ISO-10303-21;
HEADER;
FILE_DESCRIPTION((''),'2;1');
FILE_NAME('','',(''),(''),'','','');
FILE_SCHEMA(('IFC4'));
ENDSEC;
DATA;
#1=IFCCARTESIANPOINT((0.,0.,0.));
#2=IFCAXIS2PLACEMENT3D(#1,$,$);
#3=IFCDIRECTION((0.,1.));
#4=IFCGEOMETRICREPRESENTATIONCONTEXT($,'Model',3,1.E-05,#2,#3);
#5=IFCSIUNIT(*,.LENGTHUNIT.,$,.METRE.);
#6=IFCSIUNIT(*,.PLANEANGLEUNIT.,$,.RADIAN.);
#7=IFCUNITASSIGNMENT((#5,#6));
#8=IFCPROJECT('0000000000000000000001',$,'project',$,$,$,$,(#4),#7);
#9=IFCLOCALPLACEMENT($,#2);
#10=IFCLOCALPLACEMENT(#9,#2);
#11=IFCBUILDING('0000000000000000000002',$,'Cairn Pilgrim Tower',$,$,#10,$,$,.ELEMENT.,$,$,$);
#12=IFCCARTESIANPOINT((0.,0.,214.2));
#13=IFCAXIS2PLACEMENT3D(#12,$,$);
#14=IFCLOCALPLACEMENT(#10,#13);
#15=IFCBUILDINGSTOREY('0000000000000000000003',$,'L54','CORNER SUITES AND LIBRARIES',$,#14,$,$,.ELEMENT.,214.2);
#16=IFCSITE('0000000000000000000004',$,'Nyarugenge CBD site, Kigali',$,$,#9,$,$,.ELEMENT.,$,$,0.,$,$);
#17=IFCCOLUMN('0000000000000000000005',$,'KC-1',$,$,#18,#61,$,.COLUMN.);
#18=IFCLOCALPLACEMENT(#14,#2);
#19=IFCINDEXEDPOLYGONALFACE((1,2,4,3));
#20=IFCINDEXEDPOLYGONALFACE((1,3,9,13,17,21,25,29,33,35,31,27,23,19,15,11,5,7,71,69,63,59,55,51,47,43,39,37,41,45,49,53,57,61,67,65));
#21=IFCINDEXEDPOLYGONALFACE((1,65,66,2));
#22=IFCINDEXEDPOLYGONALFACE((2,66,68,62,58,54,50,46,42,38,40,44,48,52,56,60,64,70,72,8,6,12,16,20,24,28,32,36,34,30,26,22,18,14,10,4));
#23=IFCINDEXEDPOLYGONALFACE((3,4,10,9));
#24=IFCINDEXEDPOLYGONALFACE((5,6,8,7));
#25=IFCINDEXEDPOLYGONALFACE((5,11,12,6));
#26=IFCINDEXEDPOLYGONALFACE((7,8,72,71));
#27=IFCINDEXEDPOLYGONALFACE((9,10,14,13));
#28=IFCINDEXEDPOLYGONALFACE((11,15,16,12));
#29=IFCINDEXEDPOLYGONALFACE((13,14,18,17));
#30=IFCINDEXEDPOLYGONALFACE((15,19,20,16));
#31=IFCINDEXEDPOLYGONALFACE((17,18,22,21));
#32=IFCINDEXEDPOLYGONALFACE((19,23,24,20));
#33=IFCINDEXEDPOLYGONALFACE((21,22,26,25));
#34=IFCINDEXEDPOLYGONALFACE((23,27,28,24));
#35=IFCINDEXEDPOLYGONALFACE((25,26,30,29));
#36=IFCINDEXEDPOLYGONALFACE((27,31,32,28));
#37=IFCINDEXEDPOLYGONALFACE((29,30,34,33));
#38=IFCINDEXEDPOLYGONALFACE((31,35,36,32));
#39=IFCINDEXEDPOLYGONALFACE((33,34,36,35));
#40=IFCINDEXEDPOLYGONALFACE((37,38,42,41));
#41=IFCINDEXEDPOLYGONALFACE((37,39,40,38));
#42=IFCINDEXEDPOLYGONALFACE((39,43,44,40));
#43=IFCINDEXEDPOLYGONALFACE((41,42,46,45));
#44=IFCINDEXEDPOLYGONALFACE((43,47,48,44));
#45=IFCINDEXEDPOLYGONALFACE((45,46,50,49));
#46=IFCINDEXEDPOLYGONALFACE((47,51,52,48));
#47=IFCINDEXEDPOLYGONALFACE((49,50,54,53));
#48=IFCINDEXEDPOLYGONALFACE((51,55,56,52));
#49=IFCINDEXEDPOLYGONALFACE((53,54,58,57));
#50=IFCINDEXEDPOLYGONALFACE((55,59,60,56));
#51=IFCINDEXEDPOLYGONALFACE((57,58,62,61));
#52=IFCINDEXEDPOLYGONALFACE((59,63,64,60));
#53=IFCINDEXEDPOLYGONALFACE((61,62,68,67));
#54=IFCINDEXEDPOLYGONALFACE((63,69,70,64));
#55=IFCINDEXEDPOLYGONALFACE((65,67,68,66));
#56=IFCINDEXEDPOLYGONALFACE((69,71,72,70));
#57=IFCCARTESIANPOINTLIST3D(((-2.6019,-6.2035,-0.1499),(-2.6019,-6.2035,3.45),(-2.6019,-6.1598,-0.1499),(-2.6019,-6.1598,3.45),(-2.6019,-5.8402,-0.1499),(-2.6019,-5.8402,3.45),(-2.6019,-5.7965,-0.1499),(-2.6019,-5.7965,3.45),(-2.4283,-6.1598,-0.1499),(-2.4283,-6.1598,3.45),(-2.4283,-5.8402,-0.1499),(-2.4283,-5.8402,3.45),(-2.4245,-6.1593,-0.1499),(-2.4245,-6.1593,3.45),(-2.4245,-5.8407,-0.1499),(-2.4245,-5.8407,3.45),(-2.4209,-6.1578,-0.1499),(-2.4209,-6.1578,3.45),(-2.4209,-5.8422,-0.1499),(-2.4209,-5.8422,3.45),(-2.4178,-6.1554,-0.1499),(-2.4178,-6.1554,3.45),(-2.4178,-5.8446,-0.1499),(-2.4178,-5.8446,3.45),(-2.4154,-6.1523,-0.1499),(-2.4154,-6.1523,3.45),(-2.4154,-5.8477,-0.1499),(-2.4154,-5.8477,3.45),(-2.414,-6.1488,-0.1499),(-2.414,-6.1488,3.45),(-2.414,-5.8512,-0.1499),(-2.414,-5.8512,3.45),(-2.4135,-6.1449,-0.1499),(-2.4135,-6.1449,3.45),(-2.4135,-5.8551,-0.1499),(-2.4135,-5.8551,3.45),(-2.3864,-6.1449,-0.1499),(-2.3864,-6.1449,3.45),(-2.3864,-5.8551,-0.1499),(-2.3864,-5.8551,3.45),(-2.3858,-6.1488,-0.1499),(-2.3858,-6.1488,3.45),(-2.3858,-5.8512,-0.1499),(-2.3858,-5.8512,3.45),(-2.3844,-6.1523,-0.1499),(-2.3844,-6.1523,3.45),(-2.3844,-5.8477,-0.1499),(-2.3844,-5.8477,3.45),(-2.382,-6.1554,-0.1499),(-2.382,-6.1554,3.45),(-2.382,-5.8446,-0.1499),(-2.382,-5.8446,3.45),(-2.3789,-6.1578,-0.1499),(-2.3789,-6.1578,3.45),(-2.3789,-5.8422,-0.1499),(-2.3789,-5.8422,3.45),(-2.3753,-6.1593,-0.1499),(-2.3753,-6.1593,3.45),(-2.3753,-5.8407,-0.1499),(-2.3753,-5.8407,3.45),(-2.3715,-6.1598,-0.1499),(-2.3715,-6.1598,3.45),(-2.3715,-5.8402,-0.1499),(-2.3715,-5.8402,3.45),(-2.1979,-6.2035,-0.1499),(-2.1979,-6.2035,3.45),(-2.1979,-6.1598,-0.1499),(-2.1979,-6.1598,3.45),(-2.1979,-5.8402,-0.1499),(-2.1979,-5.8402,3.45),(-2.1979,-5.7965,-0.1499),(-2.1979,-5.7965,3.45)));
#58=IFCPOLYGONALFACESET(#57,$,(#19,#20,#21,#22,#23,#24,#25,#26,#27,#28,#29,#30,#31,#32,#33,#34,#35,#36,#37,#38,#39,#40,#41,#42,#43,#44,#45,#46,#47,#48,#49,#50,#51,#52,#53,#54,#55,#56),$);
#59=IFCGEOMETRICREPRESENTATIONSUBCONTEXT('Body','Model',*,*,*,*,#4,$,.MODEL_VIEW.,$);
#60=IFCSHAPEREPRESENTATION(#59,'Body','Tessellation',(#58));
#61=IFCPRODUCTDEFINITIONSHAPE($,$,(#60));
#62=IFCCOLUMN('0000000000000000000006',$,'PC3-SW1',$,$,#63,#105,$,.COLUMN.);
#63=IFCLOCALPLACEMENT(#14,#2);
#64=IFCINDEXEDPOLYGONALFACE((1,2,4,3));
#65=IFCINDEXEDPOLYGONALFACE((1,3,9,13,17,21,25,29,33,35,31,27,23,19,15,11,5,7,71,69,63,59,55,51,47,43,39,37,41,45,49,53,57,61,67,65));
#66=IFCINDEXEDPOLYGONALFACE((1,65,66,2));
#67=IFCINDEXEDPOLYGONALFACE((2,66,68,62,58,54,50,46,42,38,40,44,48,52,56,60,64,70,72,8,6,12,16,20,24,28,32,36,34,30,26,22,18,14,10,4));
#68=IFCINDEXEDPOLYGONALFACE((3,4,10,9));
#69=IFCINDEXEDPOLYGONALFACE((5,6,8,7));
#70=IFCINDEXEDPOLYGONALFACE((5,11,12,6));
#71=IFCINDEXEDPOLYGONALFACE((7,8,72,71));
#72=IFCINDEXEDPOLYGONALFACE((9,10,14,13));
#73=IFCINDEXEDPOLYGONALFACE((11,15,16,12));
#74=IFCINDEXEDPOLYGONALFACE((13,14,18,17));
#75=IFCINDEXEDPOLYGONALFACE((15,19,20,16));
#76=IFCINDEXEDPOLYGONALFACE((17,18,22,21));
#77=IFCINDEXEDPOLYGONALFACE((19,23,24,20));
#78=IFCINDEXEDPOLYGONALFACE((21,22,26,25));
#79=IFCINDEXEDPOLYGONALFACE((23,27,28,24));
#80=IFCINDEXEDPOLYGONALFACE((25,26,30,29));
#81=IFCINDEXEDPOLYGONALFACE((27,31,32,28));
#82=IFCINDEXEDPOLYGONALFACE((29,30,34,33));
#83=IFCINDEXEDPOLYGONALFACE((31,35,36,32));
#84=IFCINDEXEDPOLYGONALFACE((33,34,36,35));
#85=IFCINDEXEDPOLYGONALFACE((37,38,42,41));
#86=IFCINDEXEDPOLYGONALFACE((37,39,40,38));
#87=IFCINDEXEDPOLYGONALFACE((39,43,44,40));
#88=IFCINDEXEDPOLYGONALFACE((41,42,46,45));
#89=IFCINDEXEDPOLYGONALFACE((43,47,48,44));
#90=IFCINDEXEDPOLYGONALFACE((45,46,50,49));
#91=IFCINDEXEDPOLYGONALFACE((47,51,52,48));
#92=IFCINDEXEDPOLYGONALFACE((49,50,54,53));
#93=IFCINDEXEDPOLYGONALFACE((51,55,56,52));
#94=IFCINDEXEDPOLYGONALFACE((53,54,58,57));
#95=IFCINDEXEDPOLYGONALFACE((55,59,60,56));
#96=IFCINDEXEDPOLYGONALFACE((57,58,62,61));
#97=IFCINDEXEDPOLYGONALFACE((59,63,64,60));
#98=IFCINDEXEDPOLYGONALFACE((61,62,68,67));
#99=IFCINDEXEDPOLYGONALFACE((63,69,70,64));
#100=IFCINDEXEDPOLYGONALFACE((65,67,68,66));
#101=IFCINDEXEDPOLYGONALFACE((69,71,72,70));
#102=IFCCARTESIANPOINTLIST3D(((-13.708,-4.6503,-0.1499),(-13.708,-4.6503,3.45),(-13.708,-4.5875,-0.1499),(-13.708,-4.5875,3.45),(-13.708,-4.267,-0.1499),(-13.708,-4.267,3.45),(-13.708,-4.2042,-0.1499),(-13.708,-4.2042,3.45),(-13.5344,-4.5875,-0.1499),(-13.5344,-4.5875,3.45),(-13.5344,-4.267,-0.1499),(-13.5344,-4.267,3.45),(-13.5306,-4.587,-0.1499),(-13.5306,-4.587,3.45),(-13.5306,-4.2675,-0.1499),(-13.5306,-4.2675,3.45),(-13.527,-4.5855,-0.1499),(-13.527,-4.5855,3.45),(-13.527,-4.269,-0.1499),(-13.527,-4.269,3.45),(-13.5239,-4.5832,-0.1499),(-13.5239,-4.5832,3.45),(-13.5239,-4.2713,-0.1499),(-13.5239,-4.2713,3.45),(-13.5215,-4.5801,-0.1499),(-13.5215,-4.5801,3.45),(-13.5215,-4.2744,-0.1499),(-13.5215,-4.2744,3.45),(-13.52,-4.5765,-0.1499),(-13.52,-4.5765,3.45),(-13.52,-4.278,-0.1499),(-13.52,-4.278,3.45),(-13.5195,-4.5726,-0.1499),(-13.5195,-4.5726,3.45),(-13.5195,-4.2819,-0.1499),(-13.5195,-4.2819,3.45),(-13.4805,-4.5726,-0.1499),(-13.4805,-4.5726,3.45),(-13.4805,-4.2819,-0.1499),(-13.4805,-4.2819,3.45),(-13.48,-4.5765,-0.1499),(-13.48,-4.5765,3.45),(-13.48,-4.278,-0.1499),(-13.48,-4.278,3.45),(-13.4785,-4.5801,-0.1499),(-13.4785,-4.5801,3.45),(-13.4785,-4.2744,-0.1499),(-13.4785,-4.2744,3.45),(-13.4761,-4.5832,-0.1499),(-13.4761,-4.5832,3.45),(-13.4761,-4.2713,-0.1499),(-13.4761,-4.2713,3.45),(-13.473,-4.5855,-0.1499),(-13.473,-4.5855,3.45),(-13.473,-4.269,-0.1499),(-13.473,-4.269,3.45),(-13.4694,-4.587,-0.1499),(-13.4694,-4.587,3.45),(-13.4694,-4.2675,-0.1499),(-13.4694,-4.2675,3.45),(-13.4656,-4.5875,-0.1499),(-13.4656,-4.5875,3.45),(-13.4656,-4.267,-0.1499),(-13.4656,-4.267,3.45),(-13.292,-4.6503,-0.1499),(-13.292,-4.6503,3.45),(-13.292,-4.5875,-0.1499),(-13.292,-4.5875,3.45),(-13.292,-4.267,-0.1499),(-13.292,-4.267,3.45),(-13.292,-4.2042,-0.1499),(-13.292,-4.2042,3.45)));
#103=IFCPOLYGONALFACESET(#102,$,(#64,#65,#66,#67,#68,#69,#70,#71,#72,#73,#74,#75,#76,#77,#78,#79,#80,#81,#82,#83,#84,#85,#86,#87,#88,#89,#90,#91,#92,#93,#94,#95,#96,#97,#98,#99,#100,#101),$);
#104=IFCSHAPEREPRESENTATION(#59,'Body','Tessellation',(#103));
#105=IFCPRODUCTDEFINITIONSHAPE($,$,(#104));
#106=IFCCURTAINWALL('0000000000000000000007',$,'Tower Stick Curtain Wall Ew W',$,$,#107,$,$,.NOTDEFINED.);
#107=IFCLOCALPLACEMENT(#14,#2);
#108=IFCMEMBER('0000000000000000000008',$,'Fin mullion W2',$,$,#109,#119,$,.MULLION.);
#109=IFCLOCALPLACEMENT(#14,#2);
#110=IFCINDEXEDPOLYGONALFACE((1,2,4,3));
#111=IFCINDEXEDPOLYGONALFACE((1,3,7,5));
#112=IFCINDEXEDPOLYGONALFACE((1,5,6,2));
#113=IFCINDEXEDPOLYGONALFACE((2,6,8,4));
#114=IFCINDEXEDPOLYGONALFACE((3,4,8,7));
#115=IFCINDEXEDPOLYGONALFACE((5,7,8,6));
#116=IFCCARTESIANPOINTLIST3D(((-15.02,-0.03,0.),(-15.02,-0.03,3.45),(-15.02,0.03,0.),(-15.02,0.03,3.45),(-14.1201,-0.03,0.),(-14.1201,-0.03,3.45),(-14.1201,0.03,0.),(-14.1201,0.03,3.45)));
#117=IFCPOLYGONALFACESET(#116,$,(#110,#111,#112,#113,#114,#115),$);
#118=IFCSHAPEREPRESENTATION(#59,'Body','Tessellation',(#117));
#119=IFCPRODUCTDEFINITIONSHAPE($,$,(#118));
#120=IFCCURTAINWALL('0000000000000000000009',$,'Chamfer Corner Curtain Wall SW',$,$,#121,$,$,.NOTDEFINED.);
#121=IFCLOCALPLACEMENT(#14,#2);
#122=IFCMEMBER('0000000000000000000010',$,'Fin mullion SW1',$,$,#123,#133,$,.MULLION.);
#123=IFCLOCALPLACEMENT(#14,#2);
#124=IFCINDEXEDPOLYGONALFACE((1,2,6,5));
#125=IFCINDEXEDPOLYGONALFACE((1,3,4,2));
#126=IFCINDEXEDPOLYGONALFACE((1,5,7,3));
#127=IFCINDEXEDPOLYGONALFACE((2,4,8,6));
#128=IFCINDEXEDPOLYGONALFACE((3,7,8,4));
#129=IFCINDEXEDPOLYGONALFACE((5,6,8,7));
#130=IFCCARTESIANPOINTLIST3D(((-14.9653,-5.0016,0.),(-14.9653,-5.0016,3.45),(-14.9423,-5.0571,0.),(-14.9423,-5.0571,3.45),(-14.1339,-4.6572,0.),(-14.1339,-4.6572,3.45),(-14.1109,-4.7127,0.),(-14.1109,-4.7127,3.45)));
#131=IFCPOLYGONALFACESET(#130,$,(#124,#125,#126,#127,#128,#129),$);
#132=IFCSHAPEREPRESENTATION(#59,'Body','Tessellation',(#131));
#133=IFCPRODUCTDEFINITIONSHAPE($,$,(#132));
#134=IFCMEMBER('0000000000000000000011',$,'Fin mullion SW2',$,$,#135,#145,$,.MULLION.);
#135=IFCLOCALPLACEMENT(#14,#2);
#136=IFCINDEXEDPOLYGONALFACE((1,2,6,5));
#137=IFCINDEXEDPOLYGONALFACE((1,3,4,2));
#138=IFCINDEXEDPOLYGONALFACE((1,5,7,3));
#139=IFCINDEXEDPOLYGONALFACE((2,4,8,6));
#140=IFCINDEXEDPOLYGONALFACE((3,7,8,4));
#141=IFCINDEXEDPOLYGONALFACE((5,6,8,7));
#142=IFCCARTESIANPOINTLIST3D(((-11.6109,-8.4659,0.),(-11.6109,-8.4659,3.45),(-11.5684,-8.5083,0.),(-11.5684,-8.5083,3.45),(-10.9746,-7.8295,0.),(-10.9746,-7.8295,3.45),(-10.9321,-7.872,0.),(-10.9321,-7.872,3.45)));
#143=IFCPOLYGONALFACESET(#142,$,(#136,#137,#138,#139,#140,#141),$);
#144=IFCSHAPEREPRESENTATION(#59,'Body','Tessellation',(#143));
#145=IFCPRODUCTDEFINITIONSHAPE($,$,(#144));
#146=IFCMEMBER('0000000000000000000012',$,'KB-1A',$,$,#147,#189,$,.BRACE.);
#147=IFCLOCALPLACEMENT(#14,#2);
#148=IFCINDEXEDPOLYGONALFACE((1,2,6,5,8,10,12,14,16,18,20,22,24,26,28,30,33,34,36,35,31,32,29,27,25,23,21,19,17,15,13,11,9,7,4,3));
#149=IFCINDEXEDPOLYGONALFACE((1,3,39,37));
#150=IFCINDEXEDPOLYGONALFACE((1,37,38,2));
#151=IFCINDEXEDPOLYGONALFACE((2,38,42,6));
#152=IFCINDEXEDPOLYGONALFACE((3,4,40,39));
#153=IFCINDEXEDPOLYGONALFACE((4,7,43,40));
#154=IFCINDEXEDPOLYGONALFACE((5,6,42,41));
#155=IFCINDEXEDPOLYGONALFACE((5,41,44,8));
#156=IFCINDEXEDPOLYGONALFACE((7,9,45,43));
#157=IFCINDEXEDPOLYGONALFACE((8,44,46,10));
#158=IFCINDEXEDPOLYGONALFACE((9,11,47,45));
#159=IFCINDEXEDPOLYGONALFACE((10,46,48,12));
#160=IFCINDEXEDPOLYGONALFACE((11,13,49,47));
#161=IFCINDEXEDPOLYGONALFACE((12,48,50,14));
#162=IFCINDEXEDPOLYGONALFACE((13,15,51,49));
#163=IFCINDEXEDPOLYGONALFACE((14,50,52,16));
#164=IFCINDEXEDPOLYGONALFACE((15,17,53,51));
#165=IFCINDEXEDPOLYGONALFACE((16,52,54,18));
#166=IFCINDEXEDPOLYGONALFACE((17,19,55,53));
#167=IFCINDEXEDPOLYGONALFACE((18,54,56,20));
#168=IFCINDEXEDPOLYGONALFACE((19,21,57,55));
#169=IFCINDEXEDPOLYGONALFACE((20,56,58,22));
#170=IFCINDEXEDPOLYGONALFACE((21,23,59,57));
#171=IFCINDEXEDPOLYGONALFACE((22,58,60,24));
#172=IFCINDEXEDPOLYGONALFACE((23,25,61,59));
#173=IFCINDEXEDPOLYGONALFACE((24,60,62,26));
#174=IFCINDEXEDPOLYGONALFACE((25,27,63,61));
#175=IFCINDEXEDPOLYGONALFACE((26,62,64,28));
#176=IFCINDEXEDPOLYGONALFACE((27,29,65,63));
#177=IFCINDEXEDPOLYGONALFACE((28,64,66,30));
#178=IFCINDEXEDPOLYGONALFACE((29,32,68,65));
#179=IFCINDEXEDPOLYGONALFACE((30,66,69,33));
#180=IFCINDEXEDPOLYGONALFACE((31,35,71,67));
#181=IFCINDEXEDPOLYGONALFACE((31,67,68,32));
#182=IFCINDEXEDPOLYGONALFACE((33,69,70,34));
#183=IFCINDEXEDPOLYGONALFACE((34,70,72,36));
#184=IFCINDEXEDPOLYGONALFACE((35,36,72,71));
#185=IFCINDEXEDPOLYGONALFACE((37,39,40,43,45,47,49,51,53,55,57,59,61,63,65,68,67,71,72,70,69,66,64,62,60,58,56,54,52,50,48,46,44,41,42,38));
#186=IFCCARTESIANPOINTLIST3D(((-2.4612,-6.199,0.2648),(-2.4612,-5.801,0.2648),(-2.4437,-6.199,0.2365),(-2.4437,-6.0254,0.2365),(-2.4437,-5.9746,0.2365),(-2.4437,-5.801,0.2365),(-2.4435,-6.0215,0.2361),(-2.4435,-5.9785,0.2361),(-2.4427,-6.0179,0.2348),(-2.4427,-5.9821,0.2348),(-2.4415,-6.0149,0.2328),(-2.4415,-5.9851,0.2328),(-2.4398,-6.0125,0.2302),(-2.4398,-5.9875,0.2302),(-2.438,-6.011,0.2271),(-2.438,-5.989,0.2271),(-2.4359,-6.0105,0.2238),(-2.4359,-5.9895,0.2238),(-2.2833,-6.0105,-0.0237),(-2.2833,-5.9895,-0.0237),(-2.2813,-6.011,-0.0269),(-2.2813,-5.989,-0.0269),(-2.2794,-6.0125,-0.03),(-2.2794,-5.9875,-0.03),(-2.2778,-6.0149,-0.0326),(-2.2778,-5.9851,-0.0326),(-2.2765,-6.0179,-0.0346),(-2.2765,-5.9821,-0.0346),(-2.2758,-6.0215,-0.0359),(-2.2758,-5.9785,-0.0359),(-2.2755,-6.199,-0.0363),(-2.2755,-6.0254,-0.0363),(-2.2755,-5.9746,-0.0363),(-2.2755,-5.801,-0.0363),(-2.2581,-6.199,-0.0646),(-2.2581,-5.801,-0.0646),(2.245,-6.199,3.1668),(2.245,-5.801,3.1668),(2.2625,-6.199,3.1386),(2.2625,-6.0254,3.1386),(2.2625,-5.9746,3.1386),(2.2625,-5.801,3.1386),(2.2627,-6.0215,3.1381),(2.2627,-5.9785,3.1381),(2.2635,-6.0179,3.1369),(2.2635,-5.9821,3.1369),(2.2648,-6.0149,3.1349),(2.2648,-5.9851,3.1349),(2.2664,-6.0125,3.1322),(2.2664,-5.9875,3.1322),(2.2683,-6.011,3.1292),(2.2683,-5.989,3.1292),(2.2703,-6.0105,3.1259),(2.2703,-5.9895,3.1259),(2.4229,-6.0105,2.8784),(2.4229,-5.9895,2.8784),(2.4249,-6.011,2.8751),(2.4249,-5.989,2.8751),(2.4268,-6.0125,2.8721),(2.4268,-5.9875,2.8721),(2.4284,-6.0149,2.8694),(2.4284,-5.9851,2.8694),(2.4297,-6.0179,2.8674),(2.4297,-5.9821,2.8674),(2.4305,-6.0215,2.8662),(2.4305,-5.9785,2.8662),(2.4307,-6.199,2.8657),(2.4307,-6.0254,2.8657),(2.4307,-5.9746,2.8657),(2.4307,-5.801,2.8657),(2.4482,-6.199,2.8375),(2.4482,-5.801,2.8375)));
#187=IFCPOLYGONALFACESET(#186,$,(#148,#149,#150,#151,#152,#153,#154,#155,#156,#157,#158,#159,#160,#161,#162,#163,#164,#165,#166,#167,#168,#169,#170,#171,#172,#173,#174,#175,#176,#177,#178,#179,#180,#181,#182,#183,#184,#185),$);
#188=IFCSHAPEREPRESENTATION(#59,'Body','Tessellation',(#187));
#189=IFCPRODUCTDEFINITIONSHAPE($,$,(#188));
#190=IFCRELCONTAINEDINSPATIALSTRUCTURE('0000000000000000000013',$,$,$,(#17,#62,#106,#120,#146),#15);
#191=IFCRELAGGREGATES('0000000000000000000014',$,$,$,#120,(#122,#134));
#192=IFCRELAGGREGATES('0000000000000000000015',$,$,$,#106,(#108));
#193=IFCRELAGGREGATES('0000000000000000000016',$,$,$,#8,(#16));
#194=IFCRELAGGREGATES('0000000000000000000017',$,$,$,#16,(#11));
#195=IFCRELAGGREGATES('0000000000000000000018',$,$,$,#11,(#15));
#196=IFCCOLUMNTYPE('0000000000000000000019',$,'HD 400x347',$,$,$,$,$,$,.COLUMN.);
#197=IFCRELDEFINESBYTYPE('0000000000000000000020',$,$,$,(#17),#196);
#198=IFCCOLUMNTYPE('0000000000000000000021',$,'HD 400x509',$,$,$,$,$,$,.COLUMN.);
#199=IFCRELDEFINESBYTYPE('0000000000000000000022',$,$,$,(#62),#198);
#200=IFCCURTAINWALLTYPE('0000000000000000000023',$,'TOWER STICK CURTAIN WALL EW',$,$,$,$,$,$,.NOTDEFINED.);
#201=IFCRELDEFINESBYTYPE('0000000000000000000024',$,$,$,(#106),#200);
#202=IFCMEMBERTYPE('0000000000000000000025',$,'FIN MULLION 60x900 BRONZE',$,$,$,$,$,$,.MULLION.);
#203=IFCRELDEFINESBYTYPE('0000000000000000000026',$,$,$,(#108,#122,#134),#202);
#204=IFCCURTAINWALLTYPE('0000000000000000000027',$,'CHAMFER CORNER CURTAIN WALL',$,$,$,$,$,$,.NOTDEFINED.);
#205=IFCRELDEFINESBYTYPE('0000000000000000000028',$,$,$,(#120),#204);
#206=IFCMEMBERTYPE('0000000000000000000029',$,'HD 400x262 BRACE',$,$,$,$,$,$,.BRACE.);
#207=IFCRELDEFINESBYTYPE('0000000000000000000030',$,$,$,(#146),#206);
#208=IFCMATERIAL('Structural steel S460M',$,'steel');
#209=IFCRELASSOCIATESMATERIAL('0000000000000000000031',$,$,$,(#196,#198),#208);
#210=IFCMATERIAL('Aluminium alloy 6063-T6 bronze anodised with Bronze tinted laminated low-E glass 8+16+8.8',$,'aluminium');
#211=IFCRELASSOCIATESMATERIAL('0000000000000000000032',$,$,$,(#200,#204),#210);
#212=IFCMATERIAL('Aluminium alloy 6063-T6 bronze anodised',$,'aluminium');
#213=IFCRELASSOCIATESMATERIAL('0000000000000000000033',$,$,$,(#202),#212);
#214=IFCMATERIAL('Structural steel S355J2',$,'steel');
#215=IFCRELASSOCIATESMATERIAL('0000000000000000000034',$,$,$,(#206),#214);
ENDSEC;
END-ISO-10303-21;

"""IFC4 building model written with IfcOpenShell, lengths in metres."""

from ifc_helpers import new_model, si_unit, direction, frame, origin, origin_2d, place, context, subcontext, project, spatial, rectangle, i_section, extrude, material, material_profile, profile_set, type_object, element, aggregate, save


model = new_model("IFC4")

# Units and contexts
model_context = context("Model", 3, precision=1e-05, world=origin(), true_north=direction((0.0, 1.0)))
body_context = subcontext(model_context, "Body", "Model", "MODEL_VIEW")
ifc_project = project(units=[si_unit("LENGTHUNIT", "METRE"), si_unit("PLANEANGLEUNIT", "RADIAN")], contexts=[model_context])

# Site, building, storey
site_placement = place(None, origin())
site = spatial("IfcSite", under=ifc_project, at=site_placement, Name="Nyarugenge CBD site, Kigali", CompositionType="ELEMENT", RefElevation=0.0)
building_placement = place(site_placement, origin())
building = spatial("IfcBuilding", under=site, at=building_placement, Name="Cairn Pilgrim Tower", CompositionType="ELEMENT")
storey_placement = place(building_placement, frame((0.0, 0.0, 214.2)))
storey = spatial("IfcBuildingStorey", under=building, at=storey_placement, Name="L54", Description="CORNER SUITES AND LIBRARIES", CompositionType="ELEMENT", Elevation=214.2)

# Columns
ifc_material_1 = material(Name="Structural steel S460M", Category="steel")
ifc_material_profile_1 = material_profile(ifc_material_1, i_section(OverallWidth=0.4041, OverallDepth=0.407, WebThickness=0.0271, FlangeThickness=0.0437, FilletRadius=0.0149, at=origin_2d()), Name="HD 400x347")
ifc_profile_set_1 = profile_set([ifc_material_profile_1], Name="Structural steel S460M")
column_type_1 = type_object("IfcColumnType", Name="HD 400x347", PredefinedType="COLUMN", material=ifc_profile_set_1)
column_1_placement = place(storey_placement, frame((-2.3999, -6.0, -0.1499), z_axis=(0.0, 0.0, 1.0), x_axis=(1.0, 0.0, 0.0)))
element("IfcColumn", 1, at=column_1_placement, inside=storey, type_object=column_type_1, Name="KC-1", PredefinedType="COLUMN", context=body_context, shape_type="SweptSolid", body=[
    extrude(i_section(OverallWidth=0.4041, OverallDepth=0.407, WebThickness=0.0271, FlangeThickness=0.0437, FilletRadius=0.0149, at=origin_2d()), origin(), (0.0, 0.0, 1.0), 3.5999),
])
ifc_material_profile_2 = material_profile(ifc_material_1, i_section(OverallWidth=0.416, OverallDepth=0.446, WebThickness=0.0391, FlangeThickness=0.0627, FilletRadius=0.0149, at=origin_2d()), Name="HD 400x509")
ifc_profile_set_2 = profile_set([ifc_material_profile_2], Name="Structural steel S460M")
column_type_2 = type_object("IfcColumnType", Name="HD 400x509", PredefinedType="COLUMN", material=ifc_profile_set_2)
column_2_placement = place(storey_placement, frame((-13.5, -4.4272, -0.1499), z_axis=(0.0, 0.0, 1.0), x_axis=(1.0, 0.0, 0.0)))
element("IfcColumn", 2, at=column_2_placement, inside=storey, type_object=column_type_2, Name="PC3-SW1", PredefinedType="COLUMN", context=body_context, shape_type="SweptSolid", body=[
    extrude(i_section(OverallWidth=0.416, OverallDepth=0.446, WebThickness=0.0391, FlangeThickness=0.0627, FilletRadius=0.0149, at=origin_2d()), origin(), (0.0, 0.0, 1.0), 3.5999),
])

# Curtain wall, member
ifc_material_2 = material(Name="Aluminium alloy 6063-T6 bronze anodised with Bronze tinted laminated low-E glass 8+16+8.8", Category="aluminium")
curtain_wall_type_1 = type_object("IfcCurtainWallType", Name="TOWER STICK CURTAIN WALL EW", PredefinedType="NOTDEFINED", material=ifc_material_2)
curtain_wall_1_placement = place(storey_placement, origin())
curtain_wall_1 = element("IfcCurtainWall", 3, at=curtain_wall_1_placement, inside=storey, type_object=curtain_wall_type_1, Name="Tower Stick Curtain Wall Ew W", PredefinedType="NOTDEFINED")
ifc_material_3 = material(Name="Aluminium alloy 6063-T6 bronze anodised", Category="aluminium")
ifc_material_profile_3 = material_profile(ifc_material_3, rectangle(XDim=0.8999, YDim=0.0601, at=origin_2d()), Name="FIN MULLION 60x900 BRONZE")
ifc_profile_set_3 = profile_set([ifc_material_profile_3], Name="Aluminium alloy 6063-T6 bronze anodised")
member_type_1 = type_object("IfcMemberType", Name="FIN MULLION 60x900 BRONZE", PredefinedType="MULLION", material=ifc_profile_set_3)
member_1_placement = place(storey_placement, frame((-14.5701, 0.0, 0.0), z_axis=(0.0, 0.0, 1.0), x_axis=(-1.0, 0.0, 0.0)))
member_1 = element("IfcMember", 4, at=member_1_placement, type_object=member_type_1, Name="Fin mullion W2", PredefinedType="MULLION", context=body_context, shape_type="SweptSolid", body=[
    extrude(rectangle(XDim=0.8999, YDim=0.0601, at=origin_2d()), origin(), (0.0, 0.0, 1.0), 3.45),
])

# Curtain wall, members
curtain_wall_type_2 = type_object("IfcCurtainWallType", Name="CHAMFER CORNER CURTAIN WALL", PredefinedType="NOTDEFINED", material=ifc_material_2)
curtain_wall_2_placement = place(storey_placement, origin())
curtain_wall_2 = element("IfcCurtainWall", 5, at=curtain_wall_2_placement, inside=storey, type_object=curtain_wall_type_2, Name="Chamfer Corner Curtain Wall SW", PredefinedType="NOTDEFINED")
member_2_placement = place(storey_placement, frame((-14.5381, -4.8572, 0.0), z_axis=(0.0, 0.0, 1.0), x_axis=(-0.92388, -0.382683, 0.0)))
member_2 = element("IfcMember", 6, at=member_2_placement, type_object=member_type_1, Name="Fin mullion SW1", PredefinedType="MULLION", context=body_context, shape_type="SweptSolid", body=[
    extrude(rectangle(XDim=0.8999, YDim=0.0601, at=origin_2d()), origin(), (0.0, 0.0, 1.0), 3.45),
])
member_3_placement = place(storey_placement, frame((-11.2715, -8.1689, 0.0), z_axis=(0.0, 0.0, 1.0), x_axis=(-0.707107, -0.707107, 0.0)))
member_3 = element("IfcMember", 7, at=member_3_placement, type_object=member_type_1, Name="Fin mullion SW2", PredefinedType="MULLION", context=body_context, shape_type="SweptSolid", body=[
    extrude(rectangle(XDim=0.8999, YDim=0.0601, at=origin_2d()), origin(), (0.0, 0.0, 1.0), 3.45),
])

# Member
ifc_material_4 = material(Name="Structural steel S355J2", Category="steel")
ifc_material_profile_4 = material_profile(ifc_material_4, i_section(OverallWidth=0.3979, OverallDepth=0.387, WebThickness=0.021, FlangeThickness=0.0332, FilletRadius=0.0149, at=origin_2d()), Name="HD 400x262")
ifc_profile_set_4 = profile_set([ifc_material_profile_4], Name="Structural steel S355J2")
member_type_2 = type_object("IfcMemberType", Name="HD 400x262 BRACE", PredefinedType="BRACE", material=ifc_profile_set_4)
member_4_placement = place(storey_placement, frame((-2.3596, -6.0, 0.1001), z_axis=(0.85118, 0.0, 0.524873), x_axis=(0.0, 1.0, 0.0)))
element("IfcMember", 8, at=member_4_placement, inside=storey, type_object=member_type_2, Name="KB-1A", PredefinedType="BRACE", context=body_context, shape_type="SweptSolid", body=[
    extrude(i_section(OverallWidth=0.3979, OverallDepth=0.387, WebThickness=0.021, FlangeThickness=0.0332, FilletRadius=0.0149, at=origin_2d()), origin(), (0.0, 0.0, 1.0), 5.5291),
])

aggregate(curtain_wall_2, [member_2, member_3])
aggregate(curtain_wall_1, [member_1])

save(model, "model.ifc")
